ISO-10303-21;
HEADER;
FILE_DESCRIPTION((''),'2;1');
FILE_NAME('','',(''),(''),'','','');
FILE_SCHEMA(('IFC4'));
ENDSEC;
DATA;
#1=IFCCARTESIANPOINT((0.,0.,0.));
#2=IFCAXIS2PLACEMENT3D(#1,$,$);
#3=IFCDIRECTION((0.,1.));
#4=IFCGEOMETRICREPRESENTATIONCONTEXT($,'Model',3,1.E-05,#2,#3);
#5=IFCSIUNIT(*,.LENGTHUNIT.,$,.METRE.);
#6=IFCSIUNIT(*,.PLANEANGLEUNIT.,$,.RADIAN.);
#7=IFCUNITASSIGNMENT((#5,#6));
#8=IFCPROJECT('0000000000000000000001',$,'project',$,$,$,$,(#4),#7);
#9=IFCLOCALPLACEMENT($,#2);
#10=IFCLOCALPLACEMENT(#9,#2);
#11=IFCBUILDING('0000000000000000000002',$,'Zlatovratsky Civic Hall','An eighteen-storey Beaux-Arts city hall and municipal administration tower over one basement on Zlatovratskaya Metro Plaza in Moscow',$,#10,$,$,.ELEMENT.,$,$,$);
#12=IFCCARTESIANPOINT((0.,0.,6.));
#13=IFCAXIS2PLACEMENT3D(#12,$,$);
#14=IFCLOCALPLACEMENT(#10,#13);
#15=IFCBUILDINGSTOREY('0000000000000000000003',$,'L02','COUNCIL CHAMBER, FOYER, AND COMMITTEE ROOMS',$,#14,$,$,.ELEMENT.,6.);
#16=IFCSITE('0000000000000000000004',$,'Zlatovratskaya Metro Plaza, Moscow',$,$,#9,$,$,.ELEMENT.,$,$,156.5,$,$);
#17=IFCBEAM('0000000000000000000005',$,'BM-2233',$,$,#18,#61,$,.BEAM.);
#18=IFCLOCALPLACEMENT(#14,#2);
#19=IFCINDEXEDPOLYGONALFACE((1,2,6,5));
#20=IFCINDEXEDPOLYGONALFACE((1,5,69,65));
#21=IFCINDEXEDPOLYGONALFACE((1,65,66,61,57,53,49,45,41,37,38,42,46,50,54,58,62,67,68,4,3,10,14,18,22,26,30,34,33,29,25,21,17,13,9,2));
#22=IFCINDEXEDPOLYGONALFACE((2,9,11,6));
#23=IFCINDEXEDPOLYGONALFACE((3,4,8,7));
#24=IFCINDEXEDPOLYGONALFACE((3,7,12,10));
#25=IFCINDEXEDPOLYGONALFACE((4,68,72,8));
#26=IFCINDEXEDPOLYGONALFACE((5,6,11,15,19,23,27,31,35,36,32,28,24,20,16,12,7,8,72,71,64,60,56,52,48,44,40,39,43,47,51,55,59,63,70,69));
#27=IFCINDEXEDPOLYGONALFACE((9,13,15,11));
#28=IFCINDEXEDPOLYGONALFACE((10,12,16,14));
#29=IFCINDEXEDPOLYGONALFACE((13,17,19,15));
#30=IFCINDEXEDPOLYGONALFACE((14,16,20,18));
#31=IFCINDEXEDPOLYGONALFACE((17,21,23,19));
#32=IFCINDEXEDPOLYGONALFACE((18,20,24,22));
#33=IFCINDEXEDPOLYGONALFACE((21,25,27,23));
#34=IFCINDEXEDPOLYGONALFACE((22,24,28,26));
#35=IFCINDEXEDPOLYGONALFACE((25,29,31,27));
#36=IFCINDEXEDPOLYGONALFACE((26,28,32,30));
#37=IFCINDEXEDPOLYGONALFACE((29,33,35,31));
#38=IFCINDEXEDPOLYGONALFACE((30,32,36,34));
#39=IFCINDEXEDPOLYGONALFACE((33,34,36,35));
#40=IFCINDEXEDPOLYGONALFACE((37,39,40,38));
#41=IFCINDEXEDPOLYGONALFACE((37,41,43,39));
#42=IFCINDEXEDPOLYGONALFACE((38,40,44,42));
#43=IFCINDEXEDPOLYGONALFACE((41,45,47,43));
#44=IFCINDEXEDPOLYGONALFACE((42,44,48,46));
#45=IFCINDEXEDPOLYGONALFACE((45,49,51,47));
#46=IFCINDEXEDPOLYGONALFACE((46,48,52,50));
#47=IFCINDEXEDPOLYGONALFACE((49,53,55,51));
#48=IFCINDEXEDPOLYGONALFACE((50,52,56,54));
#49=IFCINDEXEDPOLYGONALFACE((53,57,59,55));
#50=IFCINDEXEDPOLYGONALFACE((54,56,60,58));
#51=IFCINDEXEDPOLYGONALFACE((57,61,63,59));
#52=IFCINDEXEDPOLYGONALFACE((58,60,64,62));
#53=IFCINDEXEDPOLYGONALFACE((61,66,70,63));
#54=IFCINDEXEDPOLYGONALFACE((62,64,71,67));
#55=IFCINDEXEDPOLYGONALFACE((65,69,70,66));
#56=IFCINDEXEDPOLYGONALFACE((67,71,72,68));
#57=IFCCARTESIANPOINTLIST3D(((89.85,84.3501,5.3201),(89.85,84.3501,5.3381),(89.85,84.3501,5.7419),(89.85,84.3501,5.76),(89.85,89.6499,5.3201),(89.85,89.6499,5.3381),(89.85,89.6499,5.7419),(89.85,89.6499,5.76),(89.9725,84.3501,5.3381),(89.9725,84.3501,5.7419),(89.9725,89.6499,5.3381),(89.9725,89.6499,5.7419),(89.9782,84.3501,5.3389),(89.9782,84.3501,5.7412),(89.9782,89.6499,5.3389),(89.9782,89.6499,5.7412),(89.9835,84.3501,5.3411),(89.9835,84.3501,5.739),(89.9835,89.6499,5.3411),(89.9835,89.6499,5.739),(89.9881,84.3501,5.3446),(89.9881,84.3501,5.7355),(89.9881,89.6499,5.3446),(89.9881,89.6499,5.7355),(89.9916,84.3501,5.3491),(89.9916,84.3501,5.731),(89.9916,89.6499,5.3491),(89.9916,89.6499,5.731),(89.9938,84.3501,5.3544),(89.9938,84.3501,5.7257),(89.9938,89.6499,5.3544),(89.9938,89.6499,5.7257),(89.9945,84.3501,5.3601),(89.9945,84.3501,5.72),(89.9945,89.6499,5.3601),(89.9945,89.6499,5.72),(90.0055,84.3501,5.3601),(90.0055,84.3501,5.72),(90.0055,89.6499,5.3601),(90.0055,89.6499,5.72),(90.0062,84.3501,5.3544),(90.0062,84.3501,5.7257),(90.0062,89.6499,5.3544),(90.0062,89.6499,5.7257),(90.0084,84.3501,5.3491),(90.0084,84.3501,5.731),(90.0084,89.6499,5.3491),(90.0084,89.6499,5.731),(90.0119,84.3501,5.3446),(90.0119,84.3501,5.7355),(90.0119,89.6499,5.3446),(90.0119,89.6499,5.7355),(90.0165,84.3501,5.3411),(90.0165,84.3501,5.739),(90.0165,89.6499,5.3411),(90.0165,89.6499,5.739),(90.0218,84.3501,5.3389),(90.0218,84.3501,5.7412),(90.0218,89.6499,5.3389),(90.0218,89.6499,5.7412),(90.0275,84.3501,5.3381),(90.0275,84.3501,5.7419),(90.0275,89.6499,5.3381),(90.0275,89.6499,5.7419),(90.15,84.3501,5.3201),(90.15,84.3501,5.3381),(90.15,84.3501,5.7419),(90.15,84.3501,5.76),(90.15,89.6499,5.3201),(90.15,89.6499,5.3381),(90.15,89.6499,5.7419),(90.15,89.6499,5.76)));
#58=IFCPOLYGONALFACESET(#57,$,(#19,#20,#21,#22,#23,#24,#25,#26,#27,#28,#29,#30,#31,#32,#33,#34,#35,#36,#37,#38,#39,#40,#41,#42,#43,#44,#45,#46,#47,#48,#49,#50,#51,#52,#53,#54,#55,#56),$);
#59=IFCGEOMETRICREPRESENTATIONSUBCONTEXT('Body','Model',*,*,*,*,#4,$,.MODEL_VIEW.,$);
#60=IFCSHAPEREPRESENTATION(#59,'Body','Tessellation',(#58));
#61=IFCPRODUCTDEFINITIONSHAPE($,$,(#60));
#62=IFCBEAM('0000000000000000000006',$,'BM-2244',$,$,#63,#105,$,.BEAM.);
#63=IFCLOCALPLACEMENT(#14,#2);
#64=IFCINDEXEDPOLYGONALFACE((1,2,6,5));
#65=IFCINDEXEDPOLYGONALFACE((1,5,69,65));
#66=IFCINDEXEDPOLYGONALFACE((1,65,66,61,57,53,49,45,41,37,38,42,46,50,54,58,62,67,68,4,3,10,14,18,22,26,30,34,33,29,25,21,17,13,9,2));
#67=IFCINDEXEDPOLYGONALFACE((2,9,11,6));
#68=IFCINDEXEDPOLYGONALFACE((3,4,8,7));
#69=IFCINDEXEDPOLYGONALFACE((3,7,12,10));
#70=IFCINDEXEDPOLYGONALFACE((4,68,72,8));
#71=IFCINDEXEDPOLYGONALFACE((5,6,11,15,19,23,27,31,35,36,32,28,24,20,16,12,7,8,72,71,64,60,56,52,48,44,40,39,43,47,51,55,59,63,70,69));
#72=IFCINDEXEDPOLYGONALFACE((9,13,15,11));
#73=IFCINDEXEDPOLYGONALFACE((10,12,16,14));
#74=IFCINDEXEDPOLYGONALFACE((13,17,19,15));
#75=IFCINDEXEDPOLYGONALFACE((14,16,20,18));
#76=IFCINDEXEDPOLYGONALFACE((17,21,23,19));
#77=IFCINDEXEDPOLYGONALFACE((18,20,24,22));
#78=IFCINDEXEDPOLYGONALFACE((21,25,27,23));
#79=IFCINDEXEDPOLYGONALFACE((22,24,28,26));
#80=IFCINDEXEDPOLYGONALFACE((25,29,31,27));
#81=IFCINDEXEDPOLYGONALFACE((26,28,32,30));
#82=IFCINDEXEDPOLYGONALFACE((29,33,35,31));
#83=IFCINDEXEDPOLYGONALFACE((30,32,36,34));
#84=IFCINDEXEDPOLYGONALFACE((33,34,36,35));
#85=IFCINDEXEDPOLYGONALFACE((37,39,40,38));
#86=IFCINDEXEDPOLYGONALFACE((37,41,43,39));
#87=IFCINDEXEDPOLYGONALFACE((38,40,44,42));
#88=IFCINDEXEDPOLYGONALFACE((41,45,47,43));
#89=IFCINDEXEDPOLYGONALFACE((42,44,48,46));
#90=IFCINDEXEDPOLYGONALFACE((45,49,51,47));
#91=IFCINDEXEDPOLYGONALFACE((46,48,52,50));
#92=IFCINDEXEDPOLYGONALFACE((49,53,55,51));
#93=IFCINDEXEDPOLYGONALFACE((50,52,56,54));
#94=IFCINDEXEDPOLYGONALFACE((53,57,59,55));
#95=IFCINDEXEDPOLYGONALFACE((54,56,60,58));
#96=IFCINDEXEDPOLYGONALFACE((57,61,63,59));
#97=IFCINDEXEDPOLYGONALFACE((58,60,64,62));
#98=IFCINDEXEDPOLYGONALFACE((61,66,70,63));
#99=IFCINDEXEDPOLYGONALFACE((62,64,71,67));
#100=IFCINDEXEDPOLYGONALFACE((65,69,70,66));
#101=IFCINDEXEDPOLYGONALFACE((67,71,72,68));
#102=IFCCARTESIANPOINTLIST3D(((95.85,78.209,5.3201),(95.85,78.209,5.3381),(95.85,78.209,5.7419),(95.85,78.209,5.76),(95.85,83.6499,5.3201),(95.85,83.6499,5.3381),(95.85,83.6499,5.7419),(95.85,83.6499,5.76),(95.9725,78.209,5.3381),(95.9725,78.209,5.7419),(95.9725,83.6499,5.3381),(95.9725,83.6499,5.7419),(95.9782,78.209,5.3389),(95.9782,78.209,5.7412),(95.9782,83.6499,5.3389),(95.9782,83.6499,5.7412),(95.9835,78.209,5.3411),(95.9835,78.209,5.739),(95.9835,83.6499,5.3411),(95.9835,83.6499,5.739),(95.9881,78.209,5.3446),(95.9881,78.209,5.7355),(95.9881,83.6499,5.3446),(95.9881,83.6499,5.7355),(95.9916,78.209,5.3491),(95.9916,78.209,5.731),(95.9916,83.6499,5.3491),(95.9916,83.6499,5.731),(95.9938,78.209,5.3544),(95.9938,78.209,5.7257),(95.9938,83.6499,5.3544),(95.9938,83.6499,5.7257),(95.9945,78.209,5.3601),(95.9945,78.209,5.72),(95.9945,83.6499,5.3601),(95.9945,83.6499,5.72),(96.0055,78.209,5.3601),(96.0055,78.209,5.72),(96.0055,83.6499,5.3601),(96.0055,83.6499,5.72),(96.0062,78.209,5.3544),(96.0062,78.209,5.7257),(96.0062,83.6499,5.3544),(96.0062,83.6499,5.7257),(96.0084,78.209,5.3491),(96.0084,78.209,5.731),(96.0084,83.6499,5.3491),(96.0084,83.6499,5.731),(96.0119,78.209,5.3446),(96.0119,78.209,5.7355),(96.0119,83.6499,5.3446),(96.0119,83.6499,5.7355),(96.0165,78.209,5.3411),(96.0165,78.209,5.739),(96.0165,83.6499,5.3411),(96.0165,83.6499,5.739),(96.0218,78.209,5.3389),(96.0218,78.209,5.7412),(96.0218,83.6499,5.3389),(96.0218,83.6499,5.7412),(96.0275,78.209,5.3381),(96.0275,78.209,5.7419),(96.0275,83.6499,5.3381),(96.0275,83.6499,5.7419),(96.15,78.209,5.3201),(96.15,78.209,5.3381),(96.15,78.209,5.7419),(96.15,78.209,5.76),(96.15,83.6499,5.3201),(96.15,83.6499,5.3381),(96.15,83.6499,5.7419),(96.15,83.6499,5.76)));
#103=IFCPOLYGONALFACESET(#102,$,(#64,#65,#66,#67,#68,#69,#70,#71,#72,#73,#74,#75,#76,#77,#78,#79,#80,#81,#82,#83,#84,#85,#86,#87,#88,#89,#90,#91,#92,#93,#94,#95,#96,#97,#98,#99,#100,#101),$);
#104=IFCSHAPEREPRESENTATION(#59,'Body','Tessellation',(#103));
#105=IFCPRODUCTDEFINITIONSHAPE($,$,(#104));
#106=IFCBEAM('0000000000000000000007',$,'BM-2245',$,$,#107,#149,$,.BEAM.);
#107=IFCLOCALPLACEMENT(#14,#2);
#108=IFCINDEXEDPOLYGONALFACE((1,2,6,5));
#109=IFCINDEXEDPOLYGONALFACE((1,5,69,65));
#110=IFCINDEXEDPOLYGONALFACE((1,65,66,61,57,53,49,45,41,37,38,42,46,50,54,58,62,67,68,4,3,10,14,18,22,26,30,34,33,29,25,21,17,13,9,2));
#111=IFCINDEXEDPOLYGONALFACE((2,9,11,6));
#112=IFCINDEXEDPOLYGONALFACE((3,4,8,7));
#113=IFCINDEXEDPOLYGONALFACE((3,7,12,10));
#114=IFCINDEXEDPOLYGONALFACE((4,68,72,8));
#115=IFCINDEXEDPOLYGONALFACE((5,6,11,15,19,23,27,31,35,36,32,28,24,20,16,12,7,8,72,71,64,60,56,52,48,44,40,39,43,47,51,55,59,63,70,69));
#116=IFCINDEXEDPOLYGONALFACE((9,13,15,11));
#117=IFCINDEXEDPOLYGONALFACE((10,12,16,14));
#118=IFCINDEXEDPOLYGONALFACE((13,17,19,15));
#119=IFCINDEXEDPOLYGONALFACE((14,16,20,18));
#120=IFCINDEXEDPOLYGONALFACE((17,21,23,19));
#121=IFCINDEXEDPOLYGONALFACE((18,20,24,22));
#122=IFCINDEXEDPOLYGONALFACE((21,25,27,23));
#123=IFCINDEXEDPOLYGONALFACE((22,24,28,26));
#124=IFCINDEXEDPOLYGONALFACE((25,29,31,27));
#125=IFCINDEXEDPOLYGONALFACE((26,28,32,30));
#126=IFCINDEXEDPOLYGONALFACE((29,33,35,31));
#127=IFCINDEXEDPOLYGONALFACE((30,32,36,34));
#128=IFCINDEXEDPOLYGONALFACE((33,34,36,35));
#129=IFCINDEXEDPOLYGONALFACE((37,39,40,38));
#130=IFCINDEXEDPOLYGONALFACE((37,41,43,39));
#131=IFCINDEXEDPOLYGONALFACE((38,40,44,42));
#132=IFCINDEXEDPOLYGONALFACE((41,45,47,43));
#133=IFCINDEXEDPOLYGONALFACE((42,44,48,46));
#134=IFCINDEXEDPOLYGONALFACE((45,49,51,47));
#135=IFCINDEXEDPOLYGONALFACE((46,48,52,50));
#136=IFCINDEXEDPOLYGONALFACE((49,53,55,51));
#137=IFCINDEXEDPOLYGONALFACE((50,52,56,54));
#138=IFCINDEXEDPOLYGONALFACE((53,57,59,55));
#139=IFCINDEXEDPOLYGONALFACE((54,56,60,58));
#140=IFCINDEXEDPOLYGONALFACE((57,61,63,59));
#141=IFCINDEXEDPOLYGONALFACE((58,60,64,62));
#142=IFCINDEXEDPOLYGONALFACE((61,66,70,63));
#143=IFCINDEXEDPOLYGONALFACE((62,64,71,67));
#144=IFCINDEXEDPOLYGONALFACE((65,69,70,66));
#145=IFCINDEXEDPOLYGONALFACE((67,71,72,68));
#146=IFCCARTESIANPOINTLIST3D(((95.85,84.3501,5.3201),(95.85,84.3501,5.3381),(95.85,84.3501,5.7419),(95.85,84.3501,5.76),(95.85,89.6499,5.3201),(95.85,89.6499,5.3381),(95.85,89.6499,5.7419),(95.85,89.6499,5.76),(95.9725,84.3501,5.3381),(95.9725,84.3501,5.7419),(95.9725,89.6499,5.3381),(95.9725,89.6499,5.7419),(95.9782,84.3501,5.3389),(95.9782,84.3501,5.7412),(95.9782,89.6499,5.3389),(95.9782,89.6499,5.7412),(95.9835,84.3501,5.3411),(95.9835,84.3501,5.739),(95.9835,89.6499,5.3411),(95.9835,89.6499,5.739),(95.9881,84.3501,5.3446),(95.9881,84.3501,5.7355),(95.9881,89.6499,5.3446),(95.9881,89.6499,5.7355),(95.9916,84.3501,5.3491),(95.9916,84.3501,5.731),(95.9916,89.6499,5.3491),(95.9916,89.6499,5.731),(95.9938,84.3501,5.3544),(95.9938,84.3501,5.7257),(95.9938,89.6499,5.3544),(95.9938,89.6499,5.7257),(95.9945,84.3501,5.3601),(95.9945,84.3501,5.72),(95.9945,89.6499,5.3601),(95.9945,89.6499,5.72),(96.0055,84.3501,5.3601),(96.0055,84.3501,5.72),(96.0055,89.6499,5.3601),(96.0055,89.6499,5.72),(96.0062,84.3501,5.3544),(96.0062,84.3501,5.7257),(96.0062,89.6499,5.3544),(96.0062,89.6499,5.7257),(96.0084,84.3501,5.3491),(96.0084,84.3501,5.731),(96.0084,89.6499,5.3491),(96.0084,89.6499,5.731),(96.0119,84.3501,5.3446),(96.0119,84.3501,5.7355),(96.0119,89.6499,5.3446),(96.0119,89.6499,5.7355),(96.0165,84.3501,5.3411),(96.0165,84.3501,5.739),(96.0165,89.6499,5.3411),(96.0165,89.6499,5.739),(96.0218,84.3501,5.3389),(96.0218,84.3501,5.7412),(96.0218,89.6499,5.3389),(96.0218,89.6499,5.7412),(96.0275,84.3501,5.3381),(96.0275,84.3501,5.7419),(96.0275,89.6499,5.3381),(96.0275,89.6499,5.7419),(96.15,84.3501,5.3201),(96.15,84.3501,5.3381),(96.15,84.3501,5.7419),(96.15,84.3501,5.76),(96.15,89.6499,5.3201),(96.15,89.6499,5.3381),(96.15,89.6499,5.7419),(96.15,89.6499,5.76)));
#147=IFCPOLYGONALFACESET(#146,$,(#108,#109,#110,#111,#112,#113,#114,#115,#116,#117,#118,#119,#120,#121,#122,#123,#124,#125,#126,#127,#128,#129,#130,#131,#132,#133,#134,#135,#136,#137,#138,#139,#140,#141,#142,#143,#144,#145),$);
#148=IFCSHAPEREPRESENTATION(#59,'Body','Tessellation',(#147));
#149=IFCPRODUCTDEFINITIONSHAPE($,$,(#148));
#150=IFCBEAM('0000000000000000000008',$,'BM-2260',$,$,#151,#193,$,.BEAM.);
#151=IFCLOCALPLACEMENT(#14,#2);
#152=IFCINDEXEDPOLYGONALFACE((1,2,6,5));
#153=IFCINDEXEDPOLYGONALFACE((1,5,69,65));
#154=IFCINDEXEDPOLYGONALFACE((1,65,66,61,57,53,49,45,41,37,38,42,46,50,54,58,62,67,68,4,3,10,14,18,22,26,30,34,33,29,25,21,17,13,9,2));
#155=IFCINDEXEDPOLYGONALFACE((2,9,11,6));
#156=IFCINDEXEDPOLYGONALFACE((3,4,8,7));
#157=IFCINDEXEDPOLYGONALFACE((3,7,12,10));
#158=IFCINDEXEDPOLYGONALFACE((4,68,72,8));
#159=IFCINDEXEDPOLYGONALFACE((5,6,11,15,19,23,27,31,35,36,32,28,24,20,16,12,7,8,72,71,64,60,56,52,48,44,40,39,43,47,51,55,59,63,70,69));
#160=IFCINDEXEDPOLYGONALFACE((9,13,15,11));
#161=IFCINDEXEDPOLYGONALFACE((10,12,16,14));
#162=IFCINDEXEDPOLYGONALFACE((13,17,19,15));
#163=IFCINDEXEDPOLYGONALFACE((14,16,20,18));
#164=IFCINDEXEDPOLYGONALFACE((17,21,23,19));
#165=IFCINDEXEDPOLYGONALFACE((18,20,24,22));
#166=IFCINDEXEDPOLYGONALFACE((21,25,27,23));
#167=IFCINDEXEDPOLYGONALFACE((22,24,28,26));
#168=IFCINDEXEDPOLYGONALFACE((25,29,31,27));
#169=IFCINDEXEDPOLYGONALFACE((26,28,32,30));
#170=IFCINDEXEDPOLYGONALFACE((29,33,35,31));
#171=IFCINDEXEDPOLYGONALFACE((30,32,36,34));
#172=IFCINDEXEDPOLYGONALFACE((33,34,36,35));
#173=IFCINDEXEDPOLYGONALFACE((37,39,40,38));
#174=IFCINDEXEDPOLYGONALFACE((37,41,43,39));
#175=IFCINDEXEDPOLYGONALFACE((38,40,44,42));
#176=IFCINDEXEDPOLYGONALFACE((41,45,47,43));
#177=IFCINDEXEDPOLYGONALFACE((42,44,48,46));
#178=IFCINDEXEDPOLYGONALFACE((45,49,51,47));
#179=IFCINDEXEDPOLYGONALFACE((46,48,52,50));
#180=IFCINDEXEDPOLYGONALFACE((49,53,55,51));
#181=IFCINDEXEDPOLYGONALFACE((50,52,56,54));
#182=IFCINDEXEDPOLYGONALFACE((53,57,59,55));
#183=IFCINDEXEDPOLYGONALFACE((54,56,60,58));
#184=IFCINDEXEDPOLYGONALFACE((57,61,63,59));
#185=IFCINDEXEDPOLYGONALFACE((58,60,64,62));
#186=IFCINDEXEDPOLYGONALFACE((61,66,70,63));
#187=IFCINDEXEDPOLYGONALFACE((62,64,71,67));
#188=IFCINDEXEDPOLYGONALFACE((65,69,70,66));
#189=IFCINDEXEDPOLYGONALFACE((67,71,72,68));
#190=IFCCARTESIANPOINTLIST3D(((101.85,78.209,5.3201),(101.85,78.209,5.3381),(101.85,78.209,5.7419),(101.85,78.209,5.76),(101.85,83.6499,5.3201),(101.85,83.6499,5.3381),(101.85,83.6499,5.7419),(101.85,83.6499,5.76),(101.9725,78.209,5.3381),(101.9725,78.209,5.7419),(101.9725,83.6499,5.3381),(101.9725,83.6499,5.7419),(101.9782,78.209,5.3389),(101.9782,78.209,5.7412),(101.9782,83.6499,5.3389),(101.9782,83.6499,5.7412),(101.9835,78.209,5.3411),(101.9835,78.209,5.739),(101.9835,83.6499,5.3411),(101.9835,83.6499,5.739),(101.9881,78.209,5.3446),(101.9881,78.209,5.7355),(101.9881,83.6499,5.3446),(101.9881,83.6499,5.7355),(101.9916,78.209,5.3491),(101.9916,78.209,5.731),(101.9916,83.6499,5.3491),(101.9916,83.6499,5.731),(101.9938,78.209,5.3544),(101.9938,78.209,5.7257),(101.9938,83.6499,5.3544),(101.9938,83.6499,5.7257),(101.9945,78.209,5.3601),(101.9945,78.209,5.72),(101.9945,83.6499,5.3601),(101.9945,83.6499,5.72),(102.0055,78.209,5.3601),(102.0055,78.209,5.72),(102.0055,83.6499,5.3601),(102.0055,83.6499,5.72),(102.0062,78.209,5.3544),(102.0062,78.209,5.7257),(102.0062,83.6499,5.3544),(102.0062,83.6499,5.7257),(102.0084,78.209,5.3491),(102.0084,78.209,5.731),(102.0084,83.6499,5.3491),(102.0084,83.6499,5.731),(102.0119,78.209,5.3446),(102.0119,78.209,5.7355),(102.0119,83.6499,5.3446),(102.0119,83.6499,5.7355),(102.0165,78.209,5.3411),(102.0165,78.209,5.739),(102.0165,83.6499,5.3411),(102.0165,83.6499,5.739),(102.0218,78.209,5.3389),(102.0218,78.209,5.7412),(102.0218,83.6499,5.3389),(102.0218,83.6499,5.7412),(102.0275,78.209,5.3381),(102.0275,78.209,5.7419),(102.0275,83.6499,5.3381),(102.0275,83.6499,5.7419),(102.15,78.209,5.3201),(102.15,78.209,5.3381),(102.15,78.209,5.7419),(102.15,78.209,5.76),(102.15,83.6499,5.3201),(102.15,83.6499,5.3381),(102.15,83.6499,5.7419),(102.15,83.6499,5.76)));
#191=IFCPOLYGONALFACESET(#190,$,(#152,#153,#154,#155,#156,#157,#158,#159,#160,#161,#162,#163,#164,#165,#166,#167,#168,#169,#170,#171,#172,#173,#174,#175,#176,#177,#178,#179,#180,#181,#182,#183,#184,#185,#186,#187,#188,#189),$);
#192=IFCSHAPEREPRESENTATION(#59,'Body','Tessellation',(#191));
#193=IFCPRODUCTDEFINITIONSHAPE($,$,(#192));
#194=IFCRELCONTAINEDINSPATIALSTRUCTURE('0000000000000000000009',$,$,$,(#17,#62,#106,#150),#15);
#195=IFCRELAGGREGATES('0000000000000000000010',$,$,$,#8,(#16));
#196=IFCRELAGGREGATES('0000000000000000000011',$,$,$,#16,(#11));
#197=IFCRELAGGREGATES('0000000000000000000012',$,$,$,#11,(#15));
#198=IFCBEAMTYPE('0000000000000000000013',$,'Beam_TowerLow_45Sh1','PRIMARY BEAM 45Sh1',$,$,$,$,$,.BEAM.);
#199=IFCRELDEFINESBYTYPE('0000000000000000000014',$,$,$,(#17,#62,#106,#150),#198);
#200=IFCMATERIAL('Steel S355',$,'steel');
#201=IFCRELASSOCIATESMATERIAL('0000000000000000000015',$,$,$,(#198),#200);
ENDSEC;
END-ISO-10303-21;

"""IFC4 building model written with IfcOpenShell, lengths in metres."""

from ifc_helpers import new_model, si_unit, direction, frame, origin, origin_2d, place, context, subcontext, project, spatial, i_section, extrude, material, material_profile, profile_set, type_object, element, save


model = new_model("IFC4")

# Units and contexts
model_context = context("Model", 3, precision=1e-05, world=origin(), true_north=direction((0.0, 1.0)))
body_context = subcontext(model_context, "Body", "Model", "MODEL_VIEW")
ifc_project = project(units=[si_unit("LENGTHUNIT", "METRE"), si_unit("PLANEANGLEUNIT", "RADIAN")], contexts=[model_context])

# Site, building, storey
site_placement = place(None, origin())
site = spatial("IfcSite", under=ifc_project, at=site_placement, Name="Zlatovratskaya Metro Plaza, Moscow", CompositionType="ELEMENT", RefElevation=156.5)
building_placement = place(site_placement, origin())
building = spatial("IfcBuilding", under=site, at=building_placement, Name="Zlatovratsky Civic Hall", Description="An eighteen-storey Beaux-Arts city hall and municipal administration tower over one basement on Zlatovratskaya Metro Plaza in Moscow", CompositionType="ELEMENT")
storey_placement = place(building_placement, frame((0.0, 0.0, 6.0)))
storey = spatial("IfcBuildingStorey", under=building, at=storey_placement, Name="L02", Description="COUNCIL CHAMBER, FOYER, AND COMMITTEE ROOMS", CompositionType="ELEMENT", Elevation=6.0)

# Shared definitions
ifc_material_1 = material(Name="Steel S355", Category="steel")

# Beams
ifc_material_profile_1 = material_profile(ifc_material_1, i_section(OverallWidth=0.3, OverallDepth=0.4399, WebThickness=0.011, FlangeThickness=0.0181, FilletRadius=0.022, at=origin_2d()), Name="45Sh1")
ifc_profile_set_1 = profile_set([ifc_material_profile_1], Name="Steel S355")
beam_type = type_object("IfcBeamType", Name="Beam_TowerLow_45Sh1", Description="PRIMARY BEAM 45Sh1", PredefinedType="BEAM", material=ifc_profile_set_1)
beam_1_placement = place(storey_placement, frame((90.0, 84.3501, 5.54), z_axis=(0.0, 1.0, 0.0), x_axis=(-1.0, 0.0, 0.0)))
element("IfcBeam", 1, at=beam_1_placement, inside=storey, type_object=beam_type, Name="BM-2233", PredefinedType="BEAM", context=body_context, shape_type="SweptSolid", body=[
    extrude(i_section(OverallWidth=0.3, OverallDepth=0.4399, WebThickness=0.011, FlangeThickness=0.0181, FilletRadius=0.022, at=origin_2d()), origin(), (0.0, 0.0, 1.0), 5.2998),
])
beam_2_placement = place(storey_placement, frame((96.0, 78.209, 5.54), z_axis=(0.0, 1.0, 0.0), x_axis=(-1.0, 0.0, 0.0)))
element("IfcBeam", 2, at=beam_2_placement, inside=storey, type_object=beam_type, Name="BM-2244", PredefinedType="BEAM", context=body_context, shape_type="SweptSolid", body=[
    extrude(i_section(OverallWidth=0.3, OverallDepth=0.4399, WebThickness=0.011, FlangeThickness=0.0181, FilletRadius=0.022, at=origin_2d()), origin(), (0.0, 0.0, 1.0), 5.4409),
])
beam_3_placement = place(storey_placement, frame((96.0, 84.3501, 5.54), z_axis=(0.0, 1.0, 0.0), x_axis=(-1.0, 0.0, 0.0)))
element("IfcBeam", 3, at=beam_3_placement, inside=storey, type_object=beam_type, Name="BM-2245", PredefinedType="BEAM", context=body_context, shape_type="SweptSolid", body=[
    extrude(i_section(OverallWidth=0.3, OverallDepth=0.4399, WebThickness=0.011, FlangeThickness=0.0181, FilletRadius=0.022, at=origin_2d()), origin(), (0.0, 0.0, 1.0), 5.2998),
])
beam_4_placement = place(storey_placement, frame((102.0, 78.209, 5.54), z_axis=(0.0, 1.0, 0.0), x_axis=(-1.0, 0.0, 0.0)))
element("IfcBeam", 4, at=beam_4_placement, inside=storey, type_object=beam_type, Name="BM-2260", PredefinedType="BEAM", context=body_context, shape_type="SweptSolid", body=[
    extrude(i_section(OverallWidth=0.3, OverallDepth=0.4399, WebThickness=0.011, FlangeThickness=0.0181, FilletRadius=0.022, at=origin_2d()), origin(), (0.0, 0.0, 1.0), 5.4409),
])

save(model, "model.ifc")
